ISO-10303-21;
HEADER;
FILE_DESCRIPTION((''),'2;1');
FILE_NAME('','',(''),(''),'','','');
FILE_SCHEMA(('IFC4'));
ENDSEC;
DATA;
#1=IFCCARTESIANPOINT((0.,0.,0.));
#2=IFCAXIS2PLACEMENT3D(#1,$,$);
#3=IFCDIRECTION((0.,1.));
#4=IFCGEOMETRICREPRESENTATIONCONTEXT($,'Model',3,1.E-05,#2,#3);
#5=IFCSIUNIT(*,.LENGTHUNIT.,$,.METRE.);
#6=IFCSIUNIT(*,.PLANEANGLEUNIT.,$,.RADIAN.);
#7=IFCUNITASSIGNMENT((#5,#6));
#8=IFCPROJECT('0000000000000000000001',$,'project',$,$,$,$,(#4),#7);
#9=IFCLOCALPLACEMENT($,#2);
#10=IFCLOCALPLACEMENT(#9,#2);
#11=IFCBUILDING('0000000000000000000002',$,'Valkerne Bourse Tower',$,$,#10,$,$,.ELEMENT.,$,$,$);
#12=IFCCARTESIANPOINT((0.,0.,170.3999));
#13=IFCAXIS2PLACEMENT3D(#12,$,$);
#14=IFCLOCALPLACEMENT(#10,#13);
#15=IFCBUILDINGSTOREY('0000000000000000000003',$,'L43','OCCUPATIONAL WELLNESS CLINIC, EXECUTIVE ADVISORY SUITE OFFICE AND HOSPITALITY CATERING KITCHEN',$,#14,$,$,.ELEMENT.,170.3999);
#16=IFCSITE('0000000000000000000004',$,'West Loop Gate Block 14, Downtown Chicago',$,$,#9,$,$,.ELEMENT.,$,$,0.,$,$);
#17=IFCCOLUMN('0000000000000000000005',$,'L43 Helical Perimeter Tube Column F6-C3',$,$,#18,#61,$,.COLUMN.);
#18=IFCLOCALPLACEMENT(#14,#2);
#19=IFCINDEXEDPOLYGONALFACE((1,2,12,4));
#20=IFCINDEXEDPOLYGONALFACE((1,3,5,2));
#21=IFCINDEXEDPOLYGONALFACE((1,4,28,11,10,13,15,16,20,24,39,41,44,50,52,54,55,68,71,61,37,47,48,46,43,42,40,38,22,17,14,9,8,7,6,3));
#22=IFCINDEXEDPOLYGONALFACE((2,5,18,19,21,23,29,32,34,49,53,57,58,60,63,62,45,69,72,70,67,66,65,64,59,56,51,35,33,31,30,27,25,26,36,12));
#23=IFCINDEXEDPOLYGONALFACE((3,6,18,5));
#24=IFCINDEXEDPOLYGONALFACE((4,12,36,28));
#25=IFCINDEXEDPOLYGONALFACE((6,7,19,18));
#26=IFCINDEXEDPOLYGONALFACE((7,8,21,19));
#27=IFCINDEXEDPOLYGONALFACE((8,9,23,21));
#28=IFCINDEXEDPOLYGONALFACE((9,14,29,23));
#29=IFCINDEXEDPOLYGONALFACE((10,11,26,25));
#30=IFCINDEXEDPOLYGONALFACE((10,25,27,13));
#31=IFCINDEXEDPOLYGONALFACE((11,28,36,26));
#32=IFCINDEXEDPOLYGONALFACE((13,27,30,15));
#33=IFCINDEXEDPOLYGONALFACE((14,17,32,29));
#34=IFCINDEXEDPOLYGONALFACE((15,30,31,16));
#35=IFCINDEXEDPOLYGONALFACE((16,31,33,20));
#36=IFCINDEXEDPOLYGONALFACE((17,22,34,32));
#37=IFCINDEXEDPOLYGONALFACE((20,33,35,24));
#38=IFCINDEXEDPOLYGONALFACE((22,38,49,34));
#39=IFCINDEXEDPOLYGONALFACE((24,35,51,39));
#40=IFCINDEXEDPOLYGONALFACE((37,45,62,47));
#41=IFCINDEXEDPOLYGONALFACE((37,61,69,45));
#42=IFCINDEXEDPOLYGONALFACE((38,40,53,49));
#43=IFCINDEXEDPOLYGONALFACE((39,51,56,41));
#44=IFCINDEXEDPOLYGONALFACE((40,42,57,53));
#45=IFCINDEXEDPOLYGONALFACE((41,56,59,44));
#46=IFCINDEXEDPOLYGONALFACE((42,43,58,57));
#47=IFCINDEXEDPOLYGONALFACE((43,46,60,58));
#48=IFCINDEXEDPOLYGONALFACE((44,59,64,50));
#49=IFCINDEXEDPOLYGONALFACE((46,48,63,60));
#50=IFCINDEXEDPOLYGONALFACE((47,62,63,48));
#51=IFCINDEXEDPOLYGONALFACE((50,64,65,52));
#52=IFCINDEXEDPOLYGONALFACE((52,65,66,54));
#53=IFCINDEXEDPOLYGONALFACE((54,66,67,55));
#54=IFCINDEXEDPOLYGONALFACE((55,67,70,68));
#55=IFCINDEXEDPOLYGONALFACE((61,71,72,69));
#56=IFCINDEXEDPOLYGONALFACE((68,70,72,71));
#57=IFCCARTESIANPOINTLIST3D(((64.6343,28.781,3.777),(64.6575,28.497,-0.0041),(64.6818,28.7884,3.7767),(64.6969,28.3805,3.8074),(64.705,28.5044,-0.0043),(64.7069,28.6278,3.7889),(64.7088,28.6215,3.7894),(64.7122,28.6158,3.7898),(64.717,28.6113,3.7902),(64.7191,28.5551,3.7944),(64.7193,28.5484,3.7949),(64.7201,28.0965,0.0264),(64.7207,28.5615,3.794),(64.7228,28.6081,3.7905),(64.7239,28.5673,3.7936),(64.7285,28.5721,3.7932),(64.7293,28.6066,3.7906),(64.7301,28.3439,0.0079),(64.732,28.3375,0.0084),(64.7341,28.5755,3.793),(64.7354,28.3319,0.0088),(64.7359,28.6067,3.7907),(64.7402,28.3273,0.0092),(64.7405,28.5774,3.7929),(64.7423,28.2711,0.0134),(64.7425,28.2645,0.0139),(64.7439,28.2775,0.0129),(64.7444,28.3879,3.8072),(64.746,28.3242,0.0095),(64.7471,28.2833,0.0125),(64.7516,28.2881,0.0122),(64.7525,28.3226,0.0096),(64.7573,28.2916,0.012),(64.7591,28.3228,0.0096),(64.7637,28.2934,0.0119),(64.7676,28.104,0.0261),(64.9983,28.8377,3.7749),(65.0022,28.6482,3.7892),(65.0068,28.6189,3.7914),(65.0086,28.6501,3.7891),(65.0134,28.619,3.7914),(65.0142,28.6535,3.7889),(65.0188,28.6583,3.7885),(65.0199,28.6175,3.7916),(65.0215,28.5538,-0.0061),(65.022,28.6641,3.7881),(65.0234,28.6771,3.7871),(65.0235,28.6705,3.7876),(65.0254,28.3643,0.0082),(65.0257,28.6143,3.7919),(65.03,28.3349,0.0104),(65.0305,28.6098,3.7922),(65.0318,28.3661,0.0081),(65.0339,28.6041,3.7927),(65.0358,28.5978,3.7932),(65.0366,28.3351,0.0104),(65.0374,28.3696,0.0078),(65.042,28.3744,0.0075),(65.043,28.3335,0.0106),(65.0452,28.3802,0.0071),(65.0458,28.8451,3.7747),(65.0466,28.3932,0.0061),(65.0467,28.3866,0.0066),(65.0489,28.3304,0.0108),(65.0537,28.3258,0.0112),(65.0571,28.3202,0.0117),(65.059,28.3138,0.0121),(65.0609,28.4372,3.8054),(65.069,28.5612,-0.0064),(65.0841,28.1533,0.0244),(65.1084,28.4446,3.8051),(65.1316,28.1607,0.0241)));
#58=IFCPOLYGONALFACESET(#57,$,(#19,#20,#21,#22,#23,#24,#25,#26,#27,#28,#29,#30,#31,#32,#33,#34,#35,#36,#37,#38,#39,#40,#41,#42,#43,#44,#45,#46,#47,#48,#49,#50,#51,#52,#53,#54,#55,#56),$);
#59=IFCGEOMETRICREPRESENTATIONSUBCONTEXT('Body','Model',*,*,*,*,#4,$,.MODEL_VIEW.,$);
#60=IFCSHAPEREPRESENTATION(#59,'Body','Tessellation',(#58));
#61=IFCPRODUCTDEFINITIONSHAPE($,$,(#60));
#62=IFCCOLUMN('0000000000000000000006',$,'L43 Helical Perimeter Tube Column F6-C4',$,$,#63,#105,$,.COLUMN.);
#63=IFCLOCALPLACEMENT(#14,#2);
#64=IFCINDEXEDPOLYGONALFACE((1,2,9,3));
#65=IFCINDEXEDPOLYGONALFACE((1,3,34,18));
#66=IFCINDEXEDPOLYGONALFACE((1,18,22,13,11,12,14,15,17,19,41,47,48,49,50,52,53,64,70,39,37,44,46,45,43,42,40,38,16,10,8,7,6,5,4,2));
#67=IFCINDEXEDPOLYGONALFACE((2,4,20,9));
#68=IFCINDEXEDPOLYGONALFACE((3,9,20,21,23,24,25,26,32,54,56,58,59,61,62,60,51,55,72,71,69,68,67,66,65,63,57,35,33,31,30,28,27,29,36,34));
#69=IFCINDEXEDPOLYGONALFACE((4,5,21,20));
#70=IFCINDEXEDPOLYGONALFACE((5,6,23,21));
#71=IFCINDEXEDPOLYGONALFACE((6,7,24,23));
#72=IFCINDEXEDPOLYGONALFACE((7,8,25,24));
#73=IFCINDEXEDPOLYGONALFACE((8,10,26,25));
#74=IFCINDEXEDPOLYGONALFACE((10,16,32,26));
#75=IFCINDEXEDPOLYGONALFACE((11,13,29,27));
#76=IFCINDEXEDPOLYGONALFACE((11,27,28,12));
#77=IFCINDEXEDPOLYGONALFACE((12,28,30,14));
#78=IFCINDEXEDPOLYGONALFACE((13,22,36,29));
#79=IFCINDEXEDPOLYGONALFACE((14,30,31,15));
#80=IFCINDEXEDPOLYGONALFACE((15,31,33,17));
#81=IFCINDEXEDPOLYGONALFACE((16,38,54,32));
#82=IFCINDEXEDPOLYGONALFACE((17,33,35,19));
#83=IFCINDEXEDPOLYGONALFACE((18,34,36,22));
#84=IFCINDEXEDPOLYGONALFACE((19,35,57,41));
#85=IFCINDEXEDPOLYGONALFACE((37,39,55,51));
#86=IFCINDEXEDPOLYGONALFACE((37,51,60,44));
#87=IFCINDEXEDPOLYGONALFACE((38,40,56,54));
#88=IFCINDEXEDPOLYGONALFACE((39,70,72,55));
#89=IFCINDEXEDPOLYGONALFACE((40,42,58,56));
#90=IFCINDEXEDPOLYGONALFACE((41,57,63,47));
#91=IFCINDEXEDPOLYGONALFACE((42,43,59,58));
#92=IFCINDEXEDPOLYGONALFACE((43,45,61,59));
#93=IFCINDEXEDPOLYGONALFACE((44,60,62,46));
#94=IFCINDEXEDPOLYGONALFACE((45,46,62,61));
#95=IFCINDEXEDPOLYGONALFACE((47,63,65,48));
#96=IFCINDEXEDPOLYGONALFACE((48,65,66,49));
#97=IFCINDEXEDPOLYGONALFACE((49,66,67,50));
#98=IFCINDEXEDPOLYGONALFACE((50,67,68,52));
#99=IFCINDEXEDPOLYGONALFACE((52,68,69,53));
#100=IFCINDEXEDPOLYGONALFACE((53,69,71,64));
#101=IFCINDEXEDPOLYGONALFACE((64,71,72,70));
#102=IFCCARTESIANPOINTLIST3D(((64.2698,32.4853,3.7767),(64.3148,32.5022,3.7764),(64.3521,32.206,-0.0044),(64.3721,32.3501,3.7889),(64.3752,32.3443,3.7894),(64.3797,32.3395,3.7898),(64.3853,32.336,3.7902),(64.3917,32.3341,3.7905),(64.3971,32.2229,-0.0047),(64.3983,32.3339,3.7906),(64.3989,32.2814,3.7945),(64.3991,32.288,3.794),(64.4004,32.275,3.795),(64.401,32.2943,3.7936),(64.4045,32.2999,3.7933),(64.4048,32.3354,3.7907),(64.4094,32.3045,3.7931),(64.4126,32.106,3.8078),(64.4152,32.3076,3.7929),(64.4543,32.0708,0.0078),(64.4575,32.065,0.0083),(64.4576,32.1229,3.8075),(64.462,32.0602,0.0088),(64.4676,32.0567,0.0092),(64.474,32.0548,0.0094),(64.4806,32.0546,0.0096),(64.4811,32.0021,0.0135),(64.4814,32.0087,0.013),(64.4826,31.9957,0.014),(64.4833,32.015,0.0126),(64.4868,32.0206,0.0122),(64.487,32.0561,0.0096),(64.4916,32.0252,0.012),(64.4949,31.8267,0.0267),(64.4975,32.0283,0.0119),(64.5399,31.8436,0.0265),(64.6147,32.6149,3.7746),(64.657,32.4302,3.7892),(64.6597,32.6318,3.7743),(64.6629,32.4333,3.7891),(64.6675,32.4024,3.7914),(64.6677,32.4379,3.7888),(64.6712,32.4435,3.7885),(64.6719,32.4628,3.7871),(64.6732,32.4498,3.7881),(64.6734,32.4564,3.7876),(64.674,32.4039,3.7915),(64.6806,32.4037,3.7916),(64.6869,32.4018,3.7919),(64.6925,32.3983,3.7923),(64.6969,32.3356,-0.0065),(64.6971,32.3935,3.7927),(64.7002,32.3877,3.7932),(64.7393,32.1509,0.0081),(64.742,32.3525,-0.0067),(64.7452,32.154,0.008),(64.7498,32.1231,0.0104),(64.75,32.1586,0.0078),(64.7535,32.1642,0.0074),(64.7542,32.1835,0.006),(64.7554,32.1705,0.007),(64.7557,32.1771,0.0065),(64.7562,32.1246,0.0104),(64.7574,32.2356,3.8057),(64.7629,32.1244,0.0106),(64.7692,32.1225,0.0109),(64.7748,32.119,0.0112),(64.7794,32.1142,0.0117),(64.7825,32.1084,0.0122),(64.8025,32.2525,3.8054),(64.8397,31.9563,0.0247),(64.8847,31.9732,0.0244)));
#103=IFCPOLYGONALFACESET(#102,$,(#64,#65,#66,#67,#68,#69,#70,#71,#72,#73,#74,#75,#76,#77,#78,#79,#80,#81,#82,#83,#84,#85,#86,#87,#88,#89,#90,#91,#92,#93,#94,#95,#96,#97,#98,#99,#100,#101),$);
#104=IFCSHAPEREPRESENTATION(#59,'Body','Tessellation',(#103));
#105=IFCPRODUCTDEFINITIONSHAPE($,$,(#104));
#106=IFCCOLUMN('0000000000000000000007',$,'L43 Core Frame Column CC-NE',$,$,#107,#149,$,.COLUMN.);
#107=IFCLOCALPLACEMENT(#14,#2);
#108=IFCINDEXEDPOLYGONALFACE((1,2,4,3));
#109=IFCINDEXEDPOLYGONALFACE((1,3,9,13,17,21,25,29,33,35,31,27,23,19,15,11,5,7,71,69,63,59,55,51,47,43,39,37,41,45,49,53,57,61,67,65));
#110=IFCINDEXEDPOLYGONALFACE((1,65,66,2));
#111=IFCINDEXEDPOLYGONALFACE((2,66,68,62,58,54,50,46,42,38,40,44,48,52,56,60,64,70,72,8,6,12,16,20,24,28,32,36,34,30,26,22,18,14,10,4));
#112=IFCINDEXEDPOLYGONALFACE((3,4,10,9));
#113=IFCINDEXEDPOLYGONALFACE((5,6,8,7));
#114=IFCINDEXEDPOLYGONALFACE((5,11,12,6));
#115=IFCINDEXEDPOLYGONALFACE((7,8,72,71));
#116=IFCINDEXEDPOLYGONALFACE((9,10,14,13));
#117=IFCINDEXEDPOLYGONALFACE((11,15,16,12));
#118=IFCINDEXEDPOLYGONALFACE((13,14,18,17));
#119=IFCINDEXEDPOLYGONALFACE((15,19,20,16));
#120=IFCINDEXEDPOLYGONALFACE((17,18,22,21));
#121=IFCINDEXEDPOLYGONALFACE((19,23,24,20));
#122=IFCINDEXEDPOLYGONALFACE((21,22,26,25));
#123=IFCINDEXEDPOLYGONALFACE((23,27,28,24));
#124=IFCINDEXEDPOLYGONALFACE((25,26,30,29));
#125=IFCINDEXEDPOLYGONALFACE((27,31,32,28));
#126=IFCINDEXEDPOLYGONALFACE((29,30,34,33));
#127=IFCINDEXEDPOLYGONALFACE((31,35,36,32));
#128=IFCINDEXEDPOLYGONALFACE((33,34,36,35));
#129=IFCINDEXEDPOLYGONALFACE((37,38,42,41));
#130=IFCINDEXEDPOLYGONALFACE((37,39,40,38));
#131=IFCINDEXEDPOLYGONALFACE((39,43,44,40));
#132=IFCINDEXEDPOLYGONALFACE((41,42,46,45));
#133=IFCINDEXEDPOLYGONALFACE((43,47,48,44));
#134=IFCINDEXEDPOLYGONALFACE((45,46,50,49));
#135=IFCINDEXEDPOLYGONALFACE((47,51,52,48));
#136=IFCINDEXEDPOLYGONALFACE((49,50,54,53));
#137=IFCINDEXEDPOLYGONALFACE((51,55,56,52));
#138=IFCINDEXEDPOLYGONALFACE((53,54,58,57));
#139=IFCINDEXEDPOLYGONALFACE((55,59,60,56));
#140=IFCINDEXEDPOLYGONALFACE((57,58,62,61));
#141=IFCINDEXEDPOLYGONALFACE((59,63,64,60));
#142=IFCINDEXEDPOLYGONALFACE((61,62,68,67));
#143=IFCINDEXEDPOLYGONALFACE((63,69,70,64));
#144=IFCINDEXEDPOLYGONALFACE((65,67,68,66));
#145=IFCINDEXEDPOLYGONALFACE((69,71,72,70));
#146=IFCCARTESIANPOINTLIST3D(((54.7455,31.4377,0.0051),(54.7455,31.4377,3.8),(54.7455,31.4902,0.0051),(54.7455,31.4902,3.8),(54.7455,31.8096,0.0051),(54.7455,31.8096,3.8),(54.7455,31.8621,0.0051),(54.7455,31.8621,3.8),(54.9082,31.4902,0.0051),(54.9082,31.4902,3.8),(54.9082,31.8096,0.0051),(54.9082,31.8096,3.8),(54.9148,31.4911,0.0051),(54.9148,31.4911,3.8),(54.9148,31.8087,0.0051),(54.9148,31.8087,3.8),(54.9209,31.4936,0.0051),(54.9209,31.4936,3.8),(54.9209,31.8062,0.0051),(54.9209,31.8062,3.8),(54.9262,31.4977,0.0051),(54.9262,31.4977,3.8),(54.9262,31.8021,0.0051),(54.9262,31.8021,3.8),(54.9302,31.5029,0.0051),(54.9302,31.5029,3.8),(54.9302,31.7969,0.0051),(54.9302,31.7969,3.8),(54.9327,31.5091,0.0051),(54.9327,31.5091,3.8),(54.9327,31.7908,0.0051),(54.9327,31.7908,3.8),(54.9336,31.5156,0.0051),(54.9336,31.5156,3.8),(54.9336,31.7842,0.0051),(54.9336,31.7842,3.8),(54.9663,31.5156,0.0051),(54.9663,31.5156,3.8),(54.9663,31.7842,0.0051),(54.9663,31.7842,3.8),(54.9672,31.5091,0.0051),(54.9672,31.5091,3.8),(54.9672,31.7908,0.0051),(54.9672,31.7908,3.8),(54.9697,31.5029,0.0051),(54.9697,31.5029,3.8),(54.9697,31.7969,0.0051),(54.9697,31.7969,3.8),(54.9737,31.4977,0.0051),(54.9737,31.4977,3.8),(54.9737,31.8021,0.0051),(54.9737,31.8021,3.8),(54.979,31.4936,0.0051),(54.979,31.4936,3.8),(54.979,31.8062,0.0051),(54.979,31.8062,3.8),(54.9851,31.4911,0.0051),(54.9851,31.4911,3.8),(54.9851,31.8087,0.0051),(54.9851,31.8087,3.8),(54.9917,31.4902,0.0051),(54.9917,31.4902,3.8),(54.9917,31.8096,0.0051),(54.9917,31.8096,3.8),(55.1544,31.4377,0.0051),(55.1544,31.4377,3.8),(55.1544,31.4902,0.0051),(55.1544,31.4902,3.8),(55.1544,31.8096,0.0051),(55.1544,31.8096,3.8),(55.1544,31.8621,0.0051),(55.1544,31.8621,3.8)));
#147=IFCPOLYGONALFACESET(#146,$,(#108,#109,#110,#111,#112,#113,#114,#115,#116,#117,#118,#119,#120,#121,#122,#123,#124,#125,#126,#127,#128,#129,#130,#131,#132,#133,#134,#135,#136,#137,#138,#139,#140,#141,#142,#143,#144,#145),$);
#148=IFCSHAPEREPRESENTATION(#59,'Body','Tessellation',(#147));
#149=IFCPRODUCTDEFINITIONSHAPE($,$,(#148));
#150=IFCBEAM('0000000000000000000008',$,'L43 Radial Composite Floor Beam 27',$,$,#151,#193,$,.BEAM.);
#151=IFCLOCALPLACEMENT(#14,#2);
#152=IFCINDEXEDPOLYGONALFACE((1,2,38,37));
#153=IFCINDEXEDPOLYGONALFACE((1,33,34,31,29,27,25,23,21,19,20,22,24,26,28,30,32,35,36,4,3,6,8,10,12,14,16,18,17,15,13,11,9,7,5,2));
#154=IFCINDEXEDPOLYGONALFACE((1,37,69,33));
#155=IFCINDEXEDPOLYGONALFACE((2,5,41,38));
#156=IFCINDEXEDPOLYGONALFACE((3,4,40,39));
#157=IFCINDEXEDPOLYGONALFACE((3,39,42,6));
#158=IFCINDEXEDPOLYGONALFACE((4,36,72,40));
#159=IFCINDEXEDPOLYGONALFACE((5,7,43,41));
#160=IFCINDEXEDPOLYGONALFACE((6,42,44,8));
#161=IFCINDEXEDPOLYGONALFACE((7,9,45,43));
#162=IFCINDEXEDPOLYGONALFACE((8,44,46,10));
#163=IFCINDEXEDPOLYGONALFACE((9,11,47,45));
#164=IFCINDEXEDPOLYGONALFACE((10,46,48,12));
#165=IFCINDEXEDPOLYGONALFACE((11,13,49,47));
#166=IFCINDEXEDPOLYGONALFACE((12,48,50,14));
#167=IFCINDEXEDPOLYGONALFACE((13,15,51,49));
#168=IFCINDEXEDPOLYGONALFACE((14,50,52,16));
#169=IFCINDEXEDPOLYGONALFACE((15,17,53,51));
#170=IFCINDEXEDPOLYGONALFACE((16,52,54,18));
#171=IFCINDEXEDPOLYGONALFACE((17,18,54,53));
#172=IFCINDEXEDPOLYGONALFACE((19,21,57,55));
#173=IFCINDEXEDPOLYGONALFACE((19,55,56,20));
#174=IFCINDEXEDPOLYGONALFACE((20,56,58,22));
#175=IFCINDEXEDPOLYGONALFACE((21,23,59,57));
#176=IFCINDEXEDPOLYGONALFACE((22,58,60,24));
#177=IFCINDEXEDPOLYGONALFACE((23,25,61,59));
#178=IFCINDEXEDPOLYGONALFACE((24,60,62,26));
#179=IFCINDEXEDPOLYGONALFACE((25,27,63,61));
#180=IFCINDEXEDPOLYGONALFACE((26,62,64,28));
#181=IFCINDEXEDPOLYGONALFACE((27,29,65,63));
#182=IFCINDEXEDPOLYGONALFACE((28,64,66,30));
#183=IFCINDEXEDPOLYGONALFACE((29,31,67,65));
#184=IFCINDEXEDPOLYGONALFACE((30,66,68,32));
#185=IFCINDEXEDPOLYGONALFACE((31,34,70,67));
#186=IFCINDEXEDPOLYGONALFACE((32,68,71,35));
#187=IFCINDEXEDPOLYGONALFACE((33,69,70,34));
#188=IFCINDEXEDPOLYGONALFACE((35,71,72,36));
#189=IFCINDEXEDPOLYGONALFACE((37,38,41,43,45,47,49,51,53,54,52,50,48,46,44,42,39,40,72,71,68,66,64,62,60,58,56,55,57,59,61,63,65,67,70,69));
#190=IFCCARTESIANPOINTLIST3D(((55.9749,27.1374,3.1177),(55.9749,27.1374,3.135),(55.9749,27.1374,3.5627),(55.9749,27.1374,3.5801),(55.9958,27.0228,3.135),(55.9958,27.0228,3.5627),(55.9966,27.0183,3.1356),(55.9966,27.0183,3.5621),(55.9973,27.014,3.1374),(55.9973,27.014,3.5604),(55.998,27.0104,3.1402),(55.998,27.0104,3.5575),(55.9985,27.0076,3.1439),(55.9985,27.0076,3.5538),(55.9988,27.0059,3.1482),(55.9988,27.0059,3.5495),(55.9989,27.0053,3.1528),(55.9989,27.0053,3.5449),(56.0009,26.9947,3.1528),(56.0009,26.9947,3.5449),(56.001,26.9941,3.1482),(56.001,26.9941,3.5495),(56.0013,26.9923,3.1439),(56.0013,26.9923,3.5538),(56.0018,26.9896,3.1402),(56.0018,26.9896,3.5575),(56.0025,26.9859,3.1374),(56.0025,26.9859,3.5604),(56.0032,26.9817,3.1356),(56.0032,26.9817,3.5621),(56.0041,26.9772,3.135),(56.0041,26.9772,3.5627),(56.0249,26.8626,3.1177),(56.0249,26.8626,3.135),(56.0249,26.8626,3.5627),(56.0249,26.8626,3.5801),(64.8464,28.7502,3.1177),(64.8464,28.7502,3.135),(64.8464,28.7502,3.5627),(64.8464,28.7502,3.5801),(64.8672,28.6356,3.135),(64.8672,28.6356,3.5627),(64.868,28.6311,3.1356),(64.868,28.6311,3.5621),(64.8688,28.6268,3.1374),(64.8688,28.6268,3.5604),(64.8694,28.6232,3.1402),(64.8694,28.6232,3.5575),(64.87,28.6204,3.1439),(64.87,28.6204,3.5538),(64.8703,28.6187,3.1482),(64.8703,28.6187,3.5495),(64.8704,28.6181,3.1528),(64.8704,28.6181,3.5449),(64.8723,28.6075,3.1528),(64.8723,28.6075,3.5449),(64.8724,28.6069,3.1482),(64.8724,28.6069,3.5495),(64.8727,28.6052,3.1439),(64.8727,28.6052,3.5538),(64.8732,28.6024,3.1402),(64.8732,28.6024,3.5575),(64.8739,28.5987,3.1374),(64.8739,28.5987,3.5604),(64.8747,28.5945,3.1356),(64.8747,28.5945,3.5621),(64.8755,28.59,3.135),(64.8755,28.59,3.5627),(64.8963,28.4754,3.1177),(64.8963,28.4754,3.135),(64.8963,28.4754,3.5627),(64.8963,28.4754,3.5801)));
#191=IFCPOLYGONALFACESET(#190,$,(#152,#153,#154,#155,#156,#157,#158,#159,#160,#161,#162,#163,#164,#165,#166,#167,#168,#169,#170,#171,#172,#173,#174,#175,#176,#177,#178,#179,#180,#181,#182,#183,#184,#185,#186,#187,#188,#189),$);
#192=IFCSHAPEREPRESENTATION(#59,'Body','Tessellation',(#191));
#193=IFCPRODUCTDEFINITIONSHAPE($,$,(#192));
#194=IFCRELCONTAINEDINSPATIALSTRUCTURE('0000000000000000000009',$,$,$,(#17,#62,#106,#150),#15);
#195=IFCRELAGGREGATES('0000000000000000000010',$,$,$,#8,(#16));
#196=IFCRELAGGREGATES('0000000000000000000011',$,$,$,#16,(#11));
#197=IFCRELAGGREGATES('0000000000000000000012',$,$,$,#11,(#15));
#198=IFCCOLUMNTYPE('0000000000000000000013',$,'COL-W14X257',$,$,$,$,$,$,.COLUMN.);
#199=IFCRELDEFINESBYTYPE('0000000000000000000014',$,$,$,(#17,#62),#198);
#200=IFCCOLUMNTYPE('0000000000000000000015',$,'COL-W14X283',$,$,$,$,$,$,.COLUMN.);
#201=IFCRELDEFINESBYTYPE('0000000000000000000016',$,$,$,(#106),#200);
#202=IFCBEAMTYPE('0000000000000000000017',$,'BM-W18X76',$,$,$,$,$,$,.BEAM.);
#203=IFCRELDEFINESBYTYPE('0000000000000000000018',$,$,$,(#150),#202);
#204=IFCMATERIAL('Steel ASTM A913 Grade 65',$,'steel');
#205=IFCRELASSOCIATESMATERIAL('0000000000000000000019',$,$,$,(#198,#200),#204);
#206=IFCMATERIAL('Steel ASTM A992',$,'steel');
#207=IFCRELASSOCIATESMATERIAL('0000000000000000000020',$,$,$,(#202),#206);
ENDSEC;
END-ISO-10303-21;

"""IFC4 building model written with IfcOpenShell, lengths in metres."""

from ifc_helpers import new_model, si_unit, direction, frame, origin, origin_2d, place, context, subcontext, project, spatial, i_section, extrude, material, material_profile, profile_set, type_object, element, save


model = new_model("IFC4")

# Units and contexts
model_context = context("Model", 3, precision=1e-05, world=origin(), true_north=direction((0.0, 1.0)))
body_context = subcontext(model_context, "Body", "Model", "MODEL_VIEW")
ifc_project = project(units=[si_unit("LENGTHUNIT", "METRE"), si_unit("PLANEANGLEUNIT", "RADIAN")], contexts=[model_context])

# Site, building, storey
site_placement = place(None, origin())
site = spatial("IfcSite", under=ifc_project, at=site_placement, Name="West Loop Gate Block 14, Downtown Chicago", CompositionType="ELEMENT", RefElevation=0.0)
building_placement = place(site_placement, origin())
building = spatial("IfcBuilding", under=site, at=building_placement, Name="Valkerne Bourse Tower", CompositionType="ELEMENT")
storey_placement = place(building_placement, frame((0.0, 0.0, 170.3999)))
storey = spatial("IfcBuildingStorey", under=building, at=storey_placement, Name="L43", Description="OCCUPATIONAL WELLNESS CLINIC, EXECUTIVE ADVISORY SUITE OFFICE AND HOSPITALITY CATERING KITCHEN", CompositionType="ELEMENT", Elevation=170.3999)

# Columns
ifc_material_1 = material(Name="Steel ASTM A913 Grade 65", Category="steel")
ifc_material_profile_1 = material_profile(ifc_material_1, i_section(OverallWidth=0.4065, OverallDepth=0.4165, WebThickness=0.0298, FlangeThickness=0.0481, FilletRadius=0.0254, at=origin_2d()), Name="W14X257")
ifc_profile_set_1 = profile_set([ifc_material_profile_1], Name="Steel ASTM A913 Grade 65")
column_type_1 = type_object("IfcColumnType", Name="COL-W14X257", PredefinedType="COLUMN", material=ifc_profile_set_1)
column_1_placement = place(storey_placement, frame((64.8945, 28.3289, 0.01), z_axis=(-0.006117, 0.074883, 0.997174), x_axis=(0.153961, -0.985232, 0.074931)))
element("IfcColumn", 1, at=column_1_placement, inside=storey, type_object=column_type_1, Name="L43 Helical Perimeter Tube Column F6-C3", PredefinedType="COLUMN", context=body_context, shape_type="SweptSolid", body=[
    extrude(i_section(OverallWidth=0.4065, OverallDepth=0.4165, WebThickness=0.0298, FlangeThickness=0.0481, FilletRadius=0.0254, at=origin_2d()), origin(), (0.0, 0.0, 1.0), 3.7917),
])
column_2_placement = place(storey_placement, frame((64.6184, 32.0896, 0.01), z_axis=(-0.021696, 0.07365, 0.997048), x_axis=(0.351238, -0.93315, 0.076573)))
element("IfcColumn", 2, at=column_2_placement, inside=storey, type_object=column_type_1, Name="L43 Helical Perimeter Tube Column F6-C4", PredefinedType="COLUMN", context=body_context, shape_type="SweptSolid", body=[
    extrude(i_section(OverallWidth=0.4065, OverallDepth=0.4165, WebThickness=0.0298, FlangeThickness=0.0481, FilletRadius=0.0254, at=origin_2d()), origin(), (0.0, 0.0, 1.0), 3.7922),
])
ifc_material_profile_2 = material_profile(ifc_material_1, i_section(OverallWidth=0.4089, OverallDepth=0.4243, WebThickness=0.0327, FlangeThickness=0.0525, FilletRadius=0.0254, at=origin_2d()), Name="W14X283")
ifc_profile_set_2 = profile_set([ifc_material_profile_2], Name="Steel ASTM A913 Grade 65")
column_type_2 = type_object("IfcColumnType", Name="COL-W14X283", PredefinedType="COLUMN", material=ifc_profile_set_2)
column_3_placement = place(storey_placement, frame((54.95, 31.6499, 0.0051), z_axis=(0.0, 0.0, 1.0), x_axis=(1.0, 0.0, 0.0)))
element("IfcColumn", 3, at=column_3_placement, inside=storey, type_object=column_type_2, Name="L43 Core Frame Column CC-NE", PredefinedType="COLUMN", context=body_context, shape_type="SweptSolid", body=[
    extrude(i_section(OverallWidth=0.4089, OverallDepth=0.4243, WebThickness=0.0327, FlangeThickness=0.0525, FilletRadius=0.0254, at=origin_2d()), origin(), (0.0, 0.0, 1.0), 3.7949),
])

# Beam
ifc_material_2 = material(Name="Steel ASTM A992", Category="steel")
ifc_material_profile_3 = material_profile(ifc_material_2, i_section(OverallWidth=0.2793, OverallDepth=0.4624, WebThickness=0.0107, FlangeThickness=0.0173, FilletRadius=0.0178, at=origin_2d()), Name="W18X76")
ifc_profile_set_3 = profile_set([ifc_material_profile_3], Name="Steel ASTM A992")
beam_type_1 = type_object("IfcBeamType", Name="BM-W18X76", PredefinedType="BEAM", material=ifc_profile_set_3)
beam_placement = place(storey_placement, frame((64.8713, 28.6128, 3.3489), z_axis=(-0.983873, -0.178866, 0.0), x_axis=(0.178866, -0.983873, 0.0)))
element("IfcBeam", 4, at=beam_placement, inside=storey, type_object=beam_type_1, Name="L43 Radial Composite Floor Beam 27", PredefinedType="BEAM", context=body_context, shape_type="SweptSolid", body=[
    extrude(i_section(OverallWidth=0.2793, OverallDepth=0.4624, WebThickness=0.0107, FlangeThickness=0.0173, FilletRadius=0.0178, at=origin_2d()), origin(), (0.0, 0.0, 1.0), 9.0168),
])

save(model, "model.ifc")
